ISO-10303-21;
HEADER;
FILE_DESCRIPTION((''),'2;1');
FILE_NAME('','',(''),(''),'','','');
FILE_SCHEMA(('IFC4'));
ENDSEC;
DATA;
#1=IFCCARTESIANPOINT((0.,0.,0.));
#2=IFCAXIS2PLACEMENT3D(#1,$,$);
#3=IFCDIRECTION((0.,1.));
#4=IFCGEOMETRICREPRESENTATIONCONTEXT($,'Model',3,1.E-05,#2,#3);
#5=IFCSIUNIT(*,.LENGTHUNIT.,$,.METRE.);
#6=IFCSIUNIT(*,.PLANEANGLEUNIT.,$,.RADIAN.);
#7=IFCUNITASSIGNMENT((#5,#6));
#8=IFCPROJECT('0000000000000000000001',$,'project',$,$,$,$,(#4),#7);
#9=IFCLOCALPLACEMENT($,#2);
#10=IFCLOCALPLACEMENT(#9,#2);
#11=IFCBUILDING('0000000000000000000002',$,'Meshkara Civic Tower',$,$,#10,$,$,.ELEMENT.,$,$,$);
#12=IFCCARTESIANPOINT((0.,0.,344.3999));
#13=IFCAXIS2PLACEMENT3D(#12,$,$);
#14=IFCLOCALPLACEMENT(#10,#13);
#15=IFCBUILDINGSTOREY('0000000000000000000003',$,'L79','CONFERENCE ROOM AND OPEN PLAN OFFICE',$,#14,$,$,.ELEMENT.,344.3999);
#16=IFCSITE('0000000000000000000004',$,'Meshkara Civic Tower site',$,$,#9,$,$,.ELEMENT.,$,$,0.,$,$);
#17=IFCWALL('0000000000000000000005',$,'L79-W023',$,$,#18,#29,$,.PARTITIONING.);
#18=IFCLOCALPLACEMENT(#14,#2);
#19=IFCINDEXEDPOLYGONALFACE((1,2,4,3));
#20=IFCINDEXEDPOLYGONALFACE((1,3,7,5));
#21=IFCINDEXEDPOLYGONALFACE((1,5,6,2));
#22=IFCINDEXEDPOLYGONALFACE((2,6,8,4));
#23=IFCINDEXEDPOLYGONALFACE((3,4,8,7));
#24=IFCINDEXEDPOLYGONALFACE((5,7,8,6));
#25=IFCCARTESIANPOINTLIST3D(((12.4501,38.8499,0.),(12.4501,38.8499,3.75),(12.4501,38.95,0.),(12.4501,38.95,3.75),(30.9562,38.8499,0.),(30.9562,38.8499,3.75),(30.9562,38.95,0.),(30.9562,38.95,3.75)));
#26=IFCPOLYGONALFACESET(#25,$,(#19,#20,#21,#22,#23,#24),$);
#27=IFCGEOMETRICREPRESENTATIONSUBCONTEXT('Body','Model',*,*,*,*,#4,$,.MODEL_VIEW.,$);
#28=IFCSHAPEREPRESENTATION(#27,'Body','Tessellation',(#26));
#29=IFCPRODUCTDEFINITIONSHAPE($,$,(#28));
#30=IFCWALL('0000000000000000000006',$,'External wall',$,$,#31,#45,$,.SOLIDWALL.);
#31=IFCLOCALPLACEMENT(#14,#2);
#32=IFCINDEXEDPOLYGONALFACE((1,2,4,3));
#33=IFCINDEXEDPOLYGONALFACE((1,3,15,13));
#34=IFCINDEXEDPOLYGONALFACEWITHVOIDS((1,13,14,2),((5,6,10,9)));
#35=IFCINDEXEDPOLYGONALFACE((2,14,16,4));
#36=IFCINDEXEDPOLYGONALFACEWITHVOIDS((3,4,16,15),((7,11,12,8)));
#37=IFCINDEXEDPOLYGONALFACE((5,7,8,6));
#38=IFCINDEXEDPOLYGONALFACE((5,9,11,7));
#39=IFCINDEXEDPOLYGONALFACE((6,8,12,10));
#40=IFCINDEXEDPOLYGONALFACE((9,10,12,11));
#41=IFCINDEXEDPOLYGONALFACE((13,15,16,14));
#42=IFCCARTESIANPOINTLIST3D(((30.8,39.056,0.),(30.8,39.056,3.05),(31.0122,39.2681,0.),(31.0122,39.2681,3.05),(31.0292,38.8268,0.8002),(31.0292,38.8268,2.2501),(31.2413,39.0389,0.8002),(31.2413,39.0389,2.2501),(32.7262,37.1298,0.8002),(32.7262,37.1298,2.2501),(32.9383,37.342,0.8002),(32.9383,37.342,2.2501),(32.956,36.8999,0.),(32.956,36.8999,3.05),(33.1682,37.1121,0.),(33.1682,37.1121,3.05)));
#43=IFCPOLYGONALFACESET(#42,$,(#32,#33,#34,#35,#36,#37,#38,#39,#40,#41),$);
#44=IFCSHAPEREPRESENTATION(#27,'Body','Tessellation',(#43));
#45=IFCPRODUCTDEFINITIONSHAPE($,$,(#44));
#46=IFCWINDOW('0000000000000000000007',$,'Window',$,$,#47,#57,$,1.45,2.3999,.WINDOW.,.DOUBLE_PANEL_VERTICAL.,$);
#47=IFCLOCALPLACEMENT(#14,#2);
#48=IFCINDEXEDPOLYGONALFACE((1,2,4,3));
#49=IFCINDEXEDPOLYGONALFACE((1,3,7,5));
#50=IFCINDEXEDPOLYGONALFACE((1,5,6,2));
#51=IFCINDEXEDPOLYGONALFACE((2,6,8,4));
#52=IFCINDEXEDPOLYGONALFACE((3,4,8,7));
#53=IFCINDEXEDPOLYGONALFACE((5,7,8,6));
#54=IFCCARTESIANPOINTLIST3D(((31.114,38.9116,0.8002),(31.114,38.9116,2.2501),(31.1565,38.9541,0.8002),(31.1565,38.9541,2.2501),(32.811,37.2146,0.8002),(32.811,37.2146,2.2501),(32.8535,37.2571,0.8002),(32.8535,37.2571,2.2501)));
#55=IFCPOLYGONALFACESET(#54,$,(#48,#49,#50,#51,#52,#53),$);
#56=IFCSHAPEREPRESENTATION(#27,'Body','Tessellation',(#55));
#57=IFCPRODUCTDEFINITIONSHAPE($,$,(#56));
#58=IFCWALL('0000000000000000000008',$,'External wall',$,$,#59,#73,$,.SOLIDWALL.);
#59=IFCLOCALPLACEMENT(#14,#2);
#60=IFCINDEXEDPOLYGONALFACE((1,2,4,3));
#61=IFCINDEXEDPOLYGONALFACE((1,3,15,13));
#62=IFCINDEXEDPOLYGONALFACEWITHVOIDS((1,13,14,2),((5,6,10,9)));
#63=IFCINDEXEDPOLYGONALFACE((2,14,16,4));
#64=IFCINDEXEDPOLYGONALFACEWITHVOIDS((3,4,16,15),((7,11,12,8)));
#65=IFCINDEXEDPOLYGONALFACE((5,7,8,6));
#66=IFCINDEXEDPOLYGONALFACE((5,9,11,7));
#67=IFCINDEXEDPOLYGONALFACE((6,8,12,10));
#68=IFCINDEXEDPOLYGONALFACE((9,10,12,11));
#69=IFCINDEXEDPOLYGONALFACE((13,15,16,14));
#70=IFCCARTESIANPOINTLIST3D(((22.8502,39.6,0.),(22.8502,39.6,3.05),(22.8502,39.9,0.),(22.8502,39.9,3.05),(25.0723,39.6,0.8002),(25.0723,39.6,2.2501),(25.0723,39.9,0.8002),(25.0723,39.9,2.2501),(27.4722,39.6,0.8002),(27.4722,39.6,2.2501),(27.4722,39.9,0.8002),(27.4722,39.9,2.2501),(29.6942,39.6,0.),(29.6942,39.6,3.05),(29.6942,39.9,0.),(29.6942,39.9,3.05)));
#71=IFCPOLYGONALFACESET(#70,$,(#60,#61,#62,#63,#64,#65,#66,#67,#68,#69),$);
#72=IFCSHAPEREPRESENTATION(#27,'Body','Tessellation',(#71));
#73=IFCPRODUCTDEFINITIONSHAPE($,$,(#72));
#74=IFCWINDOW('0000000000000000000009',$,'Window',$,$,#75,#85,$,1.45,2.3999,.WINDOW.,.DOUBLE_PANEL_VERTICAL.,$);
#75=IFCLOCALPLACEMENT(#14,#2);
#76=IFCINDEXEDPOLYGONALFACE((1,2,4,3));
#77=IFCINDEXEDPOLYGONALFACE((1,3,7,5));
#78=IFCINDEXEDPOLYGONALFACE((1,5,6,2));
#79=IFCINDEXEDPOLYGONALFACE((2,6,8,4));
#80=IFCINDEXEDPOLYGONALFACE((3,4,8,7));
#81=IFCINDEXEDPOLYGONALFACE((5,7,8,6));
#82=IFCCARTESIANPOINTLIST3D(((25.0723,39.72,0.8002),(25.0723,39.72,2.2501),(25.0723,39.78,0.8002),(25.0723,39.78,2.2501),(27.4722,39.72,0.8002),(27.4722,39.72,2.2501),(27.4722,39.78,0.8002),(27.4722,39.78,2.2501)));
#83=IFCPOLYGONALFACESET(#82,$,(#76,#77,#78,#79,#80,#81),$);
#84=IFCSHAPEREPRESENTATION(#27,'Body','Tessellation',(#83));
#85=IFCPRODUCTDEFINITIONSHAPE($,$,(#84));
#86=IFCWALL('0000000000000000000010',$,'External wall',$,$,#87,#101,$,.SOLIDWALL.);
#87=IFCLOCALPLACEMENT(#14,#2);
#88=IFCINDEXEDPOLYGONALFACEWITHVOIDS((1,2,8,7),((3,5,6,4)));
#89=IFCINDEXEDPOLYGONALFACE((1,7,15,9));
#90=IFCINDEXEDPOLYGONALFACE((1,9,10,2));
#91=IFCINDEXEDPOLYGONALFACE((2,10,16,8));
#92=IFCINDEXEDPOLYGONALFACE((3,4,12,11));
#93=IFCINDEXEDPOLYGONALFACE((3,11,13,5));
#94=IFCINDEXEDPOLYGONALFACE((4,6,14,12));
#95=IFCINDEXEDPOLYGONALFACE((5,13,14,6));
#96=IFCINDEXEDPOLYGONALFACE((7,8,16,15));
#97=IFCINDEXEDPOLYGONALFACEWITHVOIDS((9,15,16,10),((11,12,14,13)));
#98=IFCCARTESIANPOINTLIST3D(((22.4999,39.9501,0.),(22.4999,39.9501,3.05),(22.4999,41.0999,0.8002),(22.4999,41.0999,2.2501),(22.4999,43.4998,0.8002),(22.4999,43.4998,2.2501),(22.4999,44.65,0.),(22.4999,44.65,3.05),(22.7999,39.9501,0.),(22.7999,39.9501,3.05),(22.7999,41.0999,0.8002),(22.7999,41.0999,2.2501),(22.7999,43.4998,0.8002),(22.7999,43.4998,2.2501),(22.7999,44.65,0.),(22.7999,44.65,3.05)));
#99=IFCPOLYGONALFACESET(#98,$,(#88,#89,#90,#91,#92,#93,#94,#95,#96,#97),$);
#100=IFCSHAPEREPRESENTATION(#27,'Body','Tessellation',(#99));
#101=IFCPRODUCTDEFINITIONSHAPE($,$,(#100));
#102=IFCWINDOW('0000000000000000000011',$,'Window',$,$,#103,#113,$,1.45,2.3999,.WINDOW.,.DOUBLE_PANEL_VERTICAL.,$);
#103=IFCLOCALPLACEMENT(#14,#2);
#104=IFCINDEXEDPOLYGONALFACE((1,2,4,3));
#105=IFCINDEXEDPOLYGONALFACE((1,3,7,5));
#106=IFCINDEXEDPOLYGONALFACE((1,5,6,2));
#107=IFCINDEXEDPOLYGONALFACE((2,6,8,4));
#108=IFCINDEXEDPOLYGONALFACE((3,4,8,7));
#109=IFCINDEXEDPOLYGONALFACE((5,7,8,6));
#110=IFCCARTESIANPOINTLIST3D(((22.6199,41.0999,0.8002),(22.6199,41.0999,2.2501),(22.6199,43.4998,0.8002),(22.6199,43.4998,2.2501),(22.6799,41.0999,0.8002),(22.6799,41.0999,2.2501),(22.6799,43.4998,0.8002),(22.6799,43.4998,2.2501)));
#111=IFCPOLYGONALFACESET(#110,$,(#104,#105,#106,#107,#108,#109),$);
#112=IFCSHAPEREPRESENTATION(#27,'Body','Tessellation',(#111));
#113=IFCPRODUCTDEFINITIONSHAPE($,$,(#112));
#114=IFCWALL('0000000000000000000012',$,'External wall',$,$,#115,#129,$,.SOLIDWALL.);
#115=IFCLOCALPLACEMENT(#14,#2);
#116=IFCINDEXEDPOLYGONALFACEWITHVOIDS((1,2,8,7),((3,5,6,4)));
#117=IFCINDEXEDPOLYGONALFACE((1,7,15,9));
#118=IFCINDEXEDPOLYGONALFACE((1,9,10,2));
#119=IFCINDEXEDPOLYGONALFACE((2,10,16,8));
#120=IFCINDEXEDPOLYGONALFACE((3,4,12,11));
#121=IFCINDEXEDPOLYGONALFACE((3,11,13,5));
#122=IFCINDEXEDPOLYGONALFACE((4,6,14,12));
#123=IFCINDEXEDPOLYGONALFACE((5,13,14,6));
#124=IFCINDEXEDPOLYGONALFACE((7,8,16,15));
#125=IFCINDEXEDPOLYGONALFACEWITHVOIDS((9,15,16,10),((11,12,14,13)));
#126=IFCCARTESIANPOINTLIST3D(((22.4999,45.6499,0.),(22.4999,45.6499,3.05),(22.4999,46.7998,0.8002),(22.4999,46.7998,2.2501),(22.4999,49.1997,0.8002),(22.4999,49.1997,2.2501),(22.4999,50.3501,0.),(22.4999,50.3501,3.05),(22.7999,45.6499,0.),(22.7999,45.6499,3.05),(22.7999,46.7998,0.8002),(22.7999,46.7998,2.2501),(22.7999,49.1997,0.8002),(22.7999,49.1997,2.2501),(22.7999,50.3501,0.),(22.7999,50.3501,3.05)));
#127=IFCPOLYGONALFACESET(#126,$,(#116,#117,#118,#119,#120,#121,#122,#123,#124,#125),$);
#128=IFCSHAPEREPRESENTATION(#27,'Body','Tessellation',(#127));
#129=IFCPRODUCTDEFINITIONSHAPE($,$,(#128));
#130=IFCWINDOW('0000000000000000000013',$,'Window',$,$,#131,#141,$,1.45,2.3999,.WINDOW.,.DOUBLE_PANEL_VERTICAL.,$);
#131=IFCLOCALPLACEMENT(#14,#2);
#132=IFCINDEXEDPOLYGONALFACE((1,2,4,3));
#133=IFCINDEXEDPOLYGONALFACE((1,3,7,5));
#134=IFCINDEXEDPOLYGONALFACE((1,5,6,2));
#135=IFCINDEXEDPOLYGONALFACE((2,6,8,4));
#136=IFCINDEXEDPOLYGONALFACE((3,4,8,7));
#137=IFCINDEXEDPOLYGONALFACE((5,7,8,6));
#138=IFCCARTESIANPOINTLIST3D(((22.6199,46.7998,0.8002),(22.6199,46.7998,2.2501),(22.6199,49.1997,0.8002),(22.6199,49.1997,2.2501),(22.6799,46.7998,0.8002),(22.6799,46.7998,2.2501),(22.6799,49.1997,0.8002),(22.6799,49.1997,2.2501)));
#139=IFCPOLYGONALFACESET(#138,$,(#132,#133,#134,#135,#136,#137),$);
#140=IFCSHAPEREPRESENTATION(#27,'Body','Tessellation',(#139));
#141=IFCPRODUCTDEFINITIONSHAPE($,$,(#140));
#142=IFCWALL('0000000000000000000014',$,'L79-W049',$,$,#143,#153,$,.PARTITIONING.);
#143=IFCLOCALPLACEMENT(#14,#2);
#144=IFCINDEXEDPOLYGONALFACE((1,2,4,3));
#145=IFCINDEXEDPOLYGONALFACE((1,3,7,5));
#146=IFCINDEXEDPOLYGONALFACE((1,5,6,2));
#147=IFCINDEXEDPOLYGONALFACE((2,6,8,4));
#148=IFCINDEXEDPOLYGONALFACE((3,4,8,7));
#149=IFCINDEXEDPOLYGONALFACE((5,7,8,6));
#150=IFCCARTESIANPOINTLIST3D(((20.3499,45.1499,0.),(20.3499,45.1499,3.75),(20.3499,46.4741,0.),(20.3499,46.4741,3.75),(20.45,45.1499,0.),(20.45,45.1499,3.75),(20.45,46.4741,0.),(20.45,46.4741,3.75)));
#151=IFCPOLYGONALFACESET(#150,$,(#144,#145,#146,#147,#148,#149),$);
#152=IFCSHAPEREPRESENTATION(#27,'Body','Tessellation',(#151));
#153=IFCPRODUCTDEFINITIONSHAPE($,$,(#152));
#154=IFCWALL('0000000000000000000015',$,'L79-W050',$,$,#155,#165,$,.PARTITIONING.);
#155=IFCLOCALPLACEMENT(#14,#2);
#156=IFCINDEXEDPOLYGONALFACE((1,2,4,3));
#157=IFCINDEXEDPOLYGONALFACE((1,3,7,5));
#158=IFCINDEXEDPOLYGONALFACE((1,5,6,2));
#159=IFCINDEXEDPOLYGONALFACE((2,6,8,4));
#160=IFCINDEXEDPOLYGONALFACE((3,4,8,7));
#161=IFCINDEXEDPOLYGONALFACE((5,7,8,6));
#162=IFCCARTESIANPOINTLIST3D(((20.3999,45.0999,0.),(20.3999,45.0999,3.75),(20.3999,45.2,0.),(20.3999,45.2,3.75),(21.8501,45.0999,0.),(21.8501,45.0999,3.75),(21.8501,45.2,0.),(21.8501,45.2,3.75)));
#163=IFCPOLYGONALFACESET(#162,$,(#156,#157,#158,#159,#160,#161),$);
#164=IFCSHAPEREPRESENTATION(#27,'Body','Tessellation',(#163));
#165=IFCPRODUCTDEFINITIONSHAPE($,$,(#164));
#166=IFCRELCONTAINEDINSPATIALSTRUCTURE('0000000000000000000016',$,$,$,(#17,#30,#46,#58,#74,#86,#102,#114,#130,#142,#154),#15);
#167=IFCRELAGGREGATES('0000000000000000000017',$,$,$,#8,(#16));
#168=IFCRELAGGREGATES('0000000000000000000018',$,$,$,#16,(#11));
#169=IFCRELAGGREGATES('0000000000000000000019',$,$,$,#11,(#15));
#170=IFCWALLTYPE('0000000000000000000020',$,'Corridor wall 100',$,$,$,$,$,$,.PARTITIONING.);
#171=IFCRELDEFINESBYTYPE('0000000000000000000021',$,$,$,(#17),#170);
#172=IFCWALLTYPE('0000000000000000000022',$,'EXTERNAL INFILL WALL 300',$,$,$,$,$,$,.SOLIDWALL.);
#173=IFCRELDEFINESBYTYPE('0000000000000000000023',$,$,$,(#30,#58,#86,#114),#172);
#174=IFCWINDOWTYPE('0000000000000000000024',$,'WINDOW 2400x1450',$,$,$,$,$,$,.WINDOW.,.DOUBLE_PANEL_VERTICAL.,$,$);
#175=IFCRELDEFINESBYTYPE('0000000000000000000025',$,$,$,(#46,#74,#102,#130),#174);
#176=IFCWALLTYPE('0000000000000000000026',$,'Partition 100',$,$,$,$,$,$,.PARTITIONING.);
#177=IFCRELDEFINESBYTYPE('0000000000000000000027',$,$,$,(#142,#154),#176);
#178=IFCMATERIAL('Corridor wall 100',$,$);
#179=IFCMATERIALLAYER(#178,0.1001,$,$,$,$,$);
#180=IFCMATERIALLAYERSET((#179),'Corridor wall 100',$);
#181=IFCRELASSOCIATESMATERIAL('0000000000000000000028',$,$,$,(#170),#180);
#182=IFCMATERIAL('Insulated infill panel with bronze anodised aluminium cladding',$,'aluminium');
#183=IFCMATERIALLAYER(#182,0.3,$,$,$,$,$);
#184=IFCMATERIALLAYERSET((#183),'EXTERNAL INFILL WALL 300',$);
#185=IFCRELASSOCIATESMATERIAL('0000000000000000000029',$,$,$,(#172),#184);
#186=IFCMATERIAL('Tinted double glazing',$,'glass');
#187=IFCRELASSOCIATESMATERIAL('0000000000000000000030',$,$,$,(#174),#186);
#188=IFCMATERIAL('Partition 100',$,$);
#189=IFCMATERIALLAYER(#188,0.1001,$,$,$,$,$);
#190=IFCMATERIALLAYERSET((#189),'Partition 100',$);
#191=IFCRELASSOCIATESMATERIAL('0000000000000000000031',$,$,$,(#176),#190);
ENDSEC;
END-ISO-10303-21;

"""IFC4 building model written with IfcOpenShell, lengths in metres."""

from ifc_helpers import new_model, si_unit, direction, frame, frame_2d, origin, place, context, subcontext, project, spatial, rectangle, extrude, material, layer, layer_set, type_object, element, fill, save


model = new_model("IFC4")

# Units and contexts
model_context = context("Model", 3, precision=1e-05, world=origin(), true_north=direction((0.0, 1.0)))
body_context = subcontext(model_context, "Body", "Model", "MODEL_VIEW")
ifc_project = project(units=[si_unit("LENGTHUNIT", "METRE"), si_unit("PLANEANGLEUNIT", "RADIAN")], contexts=[model_context])

# Site, building, storey
site_placement = place(None, origin())
site = spatial("IfcSite", under=ifc_project, at=site_placement, Name="Meshkara Civic Tower site", CompositionType="ELEMENT", RefElevation=0.0)
building_placement = place(site_placement, origin())
building = spatial("IfcBuilding", under=site, at=building_placement, Name="Meshkara Civic Tower", CompositionType="ELEMENT")
storey_placement = place(building_placement, frame((0.0, 0.0, 344.3999)))
storey = spatial("IfcBuildingStorey", under=building, at=storey_placement, Name="L79", Description="CONFERENCE ROOM AND OPEN PLAN OFFICE", CompositionType="ELEMENT", Elevation=344.3999)

# Shared definitions
ifc_material_1 = material(Name="Corridor wall 100")
ifc_layer_1 = layer(ifc_material_1, 0.1001)
ifc_layer_set_1 = layer_set([ifc_layer_1], Name="Corridor wall 100")
wall_type_1 = type_object("IfcWallType", Name="Corridor wall 100", PredefinedType="PARTITIONING", material=ifc_layer_set_1)

# Wall
wall_1_placement = place(storey_placement, frame((30.9561, 38.8999, 0.0), z_axis=(0.0, 0.0, 1.0), x_axis=(-1.0, 0.0, 0.0)))
element("IfcWall", 1, at=wall_1_placement, inside=storey, type_object=wall_type_1, Name="L79-W023", PredefinedType="PARTITIONING", context=body_context, shape_type="SweptSolid", body=[
    extrude(rectangle(XDim=18.5061, YDim=0.1001, at=frame_2d((9.2529, 0.0))), origin(), (0.0, 0.0, 1.0), 3.75),
])

# Walls, openings, windows
ifc_material_2 = material(Name="Insulated infill panel with bronze anodised aluminium cladding", Category="aluminium")
ifc_layer_2 = layer(ifc_material_2, 0.3)
ifc_layer_set_2 = layer_set([ifc_layer_2], Name="EXTERNAL INFILL WALL 300")
wall_type_2 = type_object("IfcWallType", Name="EXTERNAL INFILL WALL 300", PredefinedType="SOLIDWALL", material=ifc_layer_set_2)
wall_2_placement = place(storey_placement, frame((33.062, 37.0061, 0.0), z_axis=(0.0, 0.0, 1.0), x_axis=(-0.707107, 0.707107, 0.0)))
wall_2 = element("IfcWall", 2, at=wall_2_placement, inside=storey, type_object=wall_type_2, Name="External wall", PredefinedType="SOLIDWALL", context=body_context, shape_type="SweptSolid", body=[
    extrude(rectangle(XDim=3.0491, YDim=0.3, at=frame_2d((1.5244, 0.0))), origin(), (0.0, 0.0, 1.0), 3.05),
])
opening_1_placement = place(wall_2_placement, frame((0.325, 0.0, 0.8)))
opening_1 = element("IfcOpeningElement", 3, at=opening_1_placement, cuts=wall_2, PredefinedType="OPENING", context=body_context, shape_type="SweptSolid", body=[
    extrude(rectangle(XDim=2.3999, YDim=1.45, at=frame_2d((1.2, 0.7251))), frame((0.0, 0.1599, 0.0), z_axis=(0.0, -1.0, 0.0), x_axis=(1.0, 0.0, 0.0)), (0.0, 0.0, 1.0), 0.3201),
])
ifc_material_3 = material(Name="Tinted double glazing", Category="glass")
window_type = type_object("IfcWindowType", Name="WINDOW 2400x1450", PartitioningType="DOUBLE_PANEL_VERTICAL", PredefinedType="WINDOW", material=ifc_material_3)
window_1_placement = place(opening_1_placement, origin())
window_1 = element("IfcWindow", 4, at=window_1_placement, inside=storey, type_object=window_type, Name="Window", OverallHeight=1.45, OverallWidth=2.3999, PartitioningType="DOUBLE_PANEL_VERTICAL", PredefinedType="WINDOW", context=body_context, shape_type="SweptSolid", body=[
    extrude(rectangle(XDim=2.3999, YDim=1.45, at=frame_2d((1.2, 0.7251))), frame((0.0, 0.03, 0.0), z_axis=(0.0, -1.0, 0.0), x_axis=(1.0, 0.0, 0.0)), (0.0, 0.0, 1.0), 0.0601),
])
fill(opening_1, window_1)
wall_3_placement = place(storey_placement, frame((29.6941, 39.75, 0.0), z_axis=(0.0, 0.0, 1.0), x_axis=(-1.0, 0.0, 0.0)))
wall_3 = element("IfcWall", 5, at=wall_3_placement, inside=storey, type_object=wall_type_2, Name="External wall", PredefinedType="SOLIDWALL", context=body_context, shape_type="SweptSolid", body=[
    extrude(rectangle(XDim=6.844, YDim=0.3, at=frame_2d((3.4219, 0.0))), origin(), (0.0, 0.0, 1.0), 3.05),
])
opening_2_placement = place(wall_3_placement, frame((2.2219, 0.0, 0.8)))
opening_2 = element("IfcOpeningElement", 6, at=opening_2_placement, cuts=wall_3, PredefinedType="OPENING", context=body_context, shape_type="SweptSolid", body=[
    extrude(rectangle(XDim=2.3999, YDim=1.45, at=frame_2d((1.2, 0.7251))), frame((0.0, 0.1599, 0.0), z_axis=(0.0, -1.0, 0.0), x_axis=(1.0, 0.0, 0.0)), (0.0, 0.0, 1.0), 0.3201),
])
window_2_placement = place(opening_2_placement, origin())
window_2 = element("IfcWindow", 7, at=window_2_placement, inside=storey, type_object=window_type, Name="Window", OverallHeight=1.45, OverallWidth=2.3999, PartitioningType="DOUBLE_PANEL_VERTICAL", PredefinedType="WINDOW", context=body_context, shape_type="SweptSolid", body=[
    extrude(rectangle(XDim=2.3999, YDim=1.45, at=frame_2d((1.2, 0.7251))), frame((0.0, 0.03, 0.0), z_axis=(0.0, -1.0, 0.0), x_axis=(1.0, 0.0, 0.0)), (0.0, 0.0, 1.0), 0.0601),
])
fill(opening_2, window_2)
wall_4_placement = place(storey_placement, frame((22.6499, 39.95, 0.0), z_axis=(0.0, 0.0, 1.0), x_axis=(0.0, 1.0, 0.0)))
wall_4 = element("IfcWall", 8, at=wall_4_placement, inside=storey, type_object=wall_type_2, Name="External wall", PredefinedType="SOLIDWALL", context=body_context, shape_type="SweptSolid", body=[
    extrude(rectangle(XDim=4.7, YDim=0.3, at=frame_2d((2.3501, 0.0))), origin(), (0.0, 0.0, 1.0), 3.05),
])
opening_3_placement = place(wall_4_placement, frame((1.1499, 0.0, 0.8)))
opening_3 = element("IfcOpeningElement", 9, at=opening_3_placement, cuts=wall_4, PredefinedType="OPENING", context=body_context, shape_type="SweptSolid", body=[
    extrude(rectangle(XDim=2.3999, YDim=1.45, at=frame_2d((1.2, 0.7251))), frame((0.0, 0.1599, 0.0), z_axis=(0.0, -1.0, 0.0), x_axis=(1.0, 0.0, 0.0)), (0.0, 0.0, 1.0), 0.3201),
])
window_3_placement = place(opening_3_placement, origin())
window_3 = element("IfcWindow", 10, at=window_3_placement, inside=storey, type_object=window_type, Name="Window", OverallHeight=1.45, OverallWidth=2.3999, PartitioningType="DOUBLE_PANEL_VERTICAL", PredefinedType="WINDOW", context=body_context, shape_type="SweptSolid", body=[
    extrude(rectangle(XDim=2.3999, YDim=1.45, at=frame_2d((1.2, 0.7251))), frame((0.0, 0.03, 0.0), z_axis=(0.0, -1.0, 0.0), x_axis=(1.0, 0.0, 0.0)), (0.0, 0.0, 1.0), 0.0601),
])
fill(opening_3, window_3)
wall_5_placement = place(storey_placement, frame((22.6499, 45.6499, 0.0), z_axis=(0.0, 0.0, 1.0), x_axis=(0.0, 1.0, 0.0)))
wall_5 = element("IfcWall", 11, at=wall_5_placement, inside=storey, type_object=wall_type_2, Name="External wall", PredefinedType="SOLIDWALL", context=body_context, shape_type="SweptSolid", body=[
    extrude(rectangle(XDim=4.7002, YDim=0.3, at=frame_2d((2.3501, 0.0))), origin(), (0.0, 0.0, 1.0), 3.05),
])
opening_4_placement = place(wall_5_placement, frame((1.1499, 0.0, 0.8)))
opening_4 = element("IfcOpeningElement", 12, at=opening_4_placement, cuts=wall_5, PredefinedType="OPENING", context=body_context, shape_type="SweptSolid", body=[
    extrude(rectangle(XDim=2.3999, YDim=1.45, at=frame_2d((1.2, 0.7251))), frame((0.0, 0.1599, 0.0), z_axis=(0.0, -1.0, 0.0), x_axis=(1.0, 0.0, 0.0)), (0.0, 0.0, 1.0), 0.3201),
])
window_4_placement = place(opening_4_placement, origin())
window_4 = element("IfcWindow", 13, at=window_4_placement, inside=storey, type_object=window_type, Name="Window", OverallHeight=1.45, OverallWidth=2.3999, PartitioningType="DOUBLE_PANEL_VERTICAL", PredefinedType="WINDOW", context=body_context, shape_type="SweptSolid", body=[
    extrude(rectangle(XDim=2.3999, YDim=1.45, at=frame_2d((1.2, 0.7251))), frame((0.0, 0.03, 0.0), z_axis=(0.0, -1.0, 0.0), x_axis=(1.0, 0.0, 0.0)), (0.0, 0.0, 1.0), 0.0601),
])
fill(opening_4, window_4)

# Walls
ifc_material_4 = material(Name="Partition 100")
ifc_layer_3 = layer(ifc_material_4, 0.1001)
ifc_layer_set_3 = layer_set([ifc_layer_3], Name="Partition 100")
wall_type_3 = type_object("IfcWallType", Name="Partition 100", PredefinedType="PARTITIONING", material=ifc_layer_set_3)
wall_6_placement = place(storey_placement, frame((20.3999, 45.1499, 0.0), z_axis=(0.0, 0.0, 1.0), x_axis=(0.0, 1.0, 0.0)))
element("IfcWall", 14, at=wall_6_placement, inside=storey, type_object=wall_type_3, Name="L79-W049", PredefinedType="PARTITIONING", context=body_context, shape_type="SweptSolid", body=[
    extrude(rectangle(XDim=1.3242, YDim=0.1001, at=frame_2d((0.6621, 0.0))), origin(), (0.0, 0.0, 1.0), 3.75),
])
wall_7_placement = place(storey_placement, frame((21.8501, 45.1499, 0.0), z_axis=(0.0, 0.0, 1.0), x_axis=(-1.0, 0.0, 0.0)))
element("IfcWall", 15, at=wall_7_placement, inside=storey, type_object=wall_type_3, Name="L79-W050", PredefinedType="PARTITIONING", context=body_context, shape_type="SweptSolid", body=[
    extrude(rectangle(XDim=1.4502, YDim=0.1001, at=frame_2d((0.7251, 0.0))), origin(), (0.0, 0.0, 1.0), 3.75),
])

save(model, "model.ifc")
